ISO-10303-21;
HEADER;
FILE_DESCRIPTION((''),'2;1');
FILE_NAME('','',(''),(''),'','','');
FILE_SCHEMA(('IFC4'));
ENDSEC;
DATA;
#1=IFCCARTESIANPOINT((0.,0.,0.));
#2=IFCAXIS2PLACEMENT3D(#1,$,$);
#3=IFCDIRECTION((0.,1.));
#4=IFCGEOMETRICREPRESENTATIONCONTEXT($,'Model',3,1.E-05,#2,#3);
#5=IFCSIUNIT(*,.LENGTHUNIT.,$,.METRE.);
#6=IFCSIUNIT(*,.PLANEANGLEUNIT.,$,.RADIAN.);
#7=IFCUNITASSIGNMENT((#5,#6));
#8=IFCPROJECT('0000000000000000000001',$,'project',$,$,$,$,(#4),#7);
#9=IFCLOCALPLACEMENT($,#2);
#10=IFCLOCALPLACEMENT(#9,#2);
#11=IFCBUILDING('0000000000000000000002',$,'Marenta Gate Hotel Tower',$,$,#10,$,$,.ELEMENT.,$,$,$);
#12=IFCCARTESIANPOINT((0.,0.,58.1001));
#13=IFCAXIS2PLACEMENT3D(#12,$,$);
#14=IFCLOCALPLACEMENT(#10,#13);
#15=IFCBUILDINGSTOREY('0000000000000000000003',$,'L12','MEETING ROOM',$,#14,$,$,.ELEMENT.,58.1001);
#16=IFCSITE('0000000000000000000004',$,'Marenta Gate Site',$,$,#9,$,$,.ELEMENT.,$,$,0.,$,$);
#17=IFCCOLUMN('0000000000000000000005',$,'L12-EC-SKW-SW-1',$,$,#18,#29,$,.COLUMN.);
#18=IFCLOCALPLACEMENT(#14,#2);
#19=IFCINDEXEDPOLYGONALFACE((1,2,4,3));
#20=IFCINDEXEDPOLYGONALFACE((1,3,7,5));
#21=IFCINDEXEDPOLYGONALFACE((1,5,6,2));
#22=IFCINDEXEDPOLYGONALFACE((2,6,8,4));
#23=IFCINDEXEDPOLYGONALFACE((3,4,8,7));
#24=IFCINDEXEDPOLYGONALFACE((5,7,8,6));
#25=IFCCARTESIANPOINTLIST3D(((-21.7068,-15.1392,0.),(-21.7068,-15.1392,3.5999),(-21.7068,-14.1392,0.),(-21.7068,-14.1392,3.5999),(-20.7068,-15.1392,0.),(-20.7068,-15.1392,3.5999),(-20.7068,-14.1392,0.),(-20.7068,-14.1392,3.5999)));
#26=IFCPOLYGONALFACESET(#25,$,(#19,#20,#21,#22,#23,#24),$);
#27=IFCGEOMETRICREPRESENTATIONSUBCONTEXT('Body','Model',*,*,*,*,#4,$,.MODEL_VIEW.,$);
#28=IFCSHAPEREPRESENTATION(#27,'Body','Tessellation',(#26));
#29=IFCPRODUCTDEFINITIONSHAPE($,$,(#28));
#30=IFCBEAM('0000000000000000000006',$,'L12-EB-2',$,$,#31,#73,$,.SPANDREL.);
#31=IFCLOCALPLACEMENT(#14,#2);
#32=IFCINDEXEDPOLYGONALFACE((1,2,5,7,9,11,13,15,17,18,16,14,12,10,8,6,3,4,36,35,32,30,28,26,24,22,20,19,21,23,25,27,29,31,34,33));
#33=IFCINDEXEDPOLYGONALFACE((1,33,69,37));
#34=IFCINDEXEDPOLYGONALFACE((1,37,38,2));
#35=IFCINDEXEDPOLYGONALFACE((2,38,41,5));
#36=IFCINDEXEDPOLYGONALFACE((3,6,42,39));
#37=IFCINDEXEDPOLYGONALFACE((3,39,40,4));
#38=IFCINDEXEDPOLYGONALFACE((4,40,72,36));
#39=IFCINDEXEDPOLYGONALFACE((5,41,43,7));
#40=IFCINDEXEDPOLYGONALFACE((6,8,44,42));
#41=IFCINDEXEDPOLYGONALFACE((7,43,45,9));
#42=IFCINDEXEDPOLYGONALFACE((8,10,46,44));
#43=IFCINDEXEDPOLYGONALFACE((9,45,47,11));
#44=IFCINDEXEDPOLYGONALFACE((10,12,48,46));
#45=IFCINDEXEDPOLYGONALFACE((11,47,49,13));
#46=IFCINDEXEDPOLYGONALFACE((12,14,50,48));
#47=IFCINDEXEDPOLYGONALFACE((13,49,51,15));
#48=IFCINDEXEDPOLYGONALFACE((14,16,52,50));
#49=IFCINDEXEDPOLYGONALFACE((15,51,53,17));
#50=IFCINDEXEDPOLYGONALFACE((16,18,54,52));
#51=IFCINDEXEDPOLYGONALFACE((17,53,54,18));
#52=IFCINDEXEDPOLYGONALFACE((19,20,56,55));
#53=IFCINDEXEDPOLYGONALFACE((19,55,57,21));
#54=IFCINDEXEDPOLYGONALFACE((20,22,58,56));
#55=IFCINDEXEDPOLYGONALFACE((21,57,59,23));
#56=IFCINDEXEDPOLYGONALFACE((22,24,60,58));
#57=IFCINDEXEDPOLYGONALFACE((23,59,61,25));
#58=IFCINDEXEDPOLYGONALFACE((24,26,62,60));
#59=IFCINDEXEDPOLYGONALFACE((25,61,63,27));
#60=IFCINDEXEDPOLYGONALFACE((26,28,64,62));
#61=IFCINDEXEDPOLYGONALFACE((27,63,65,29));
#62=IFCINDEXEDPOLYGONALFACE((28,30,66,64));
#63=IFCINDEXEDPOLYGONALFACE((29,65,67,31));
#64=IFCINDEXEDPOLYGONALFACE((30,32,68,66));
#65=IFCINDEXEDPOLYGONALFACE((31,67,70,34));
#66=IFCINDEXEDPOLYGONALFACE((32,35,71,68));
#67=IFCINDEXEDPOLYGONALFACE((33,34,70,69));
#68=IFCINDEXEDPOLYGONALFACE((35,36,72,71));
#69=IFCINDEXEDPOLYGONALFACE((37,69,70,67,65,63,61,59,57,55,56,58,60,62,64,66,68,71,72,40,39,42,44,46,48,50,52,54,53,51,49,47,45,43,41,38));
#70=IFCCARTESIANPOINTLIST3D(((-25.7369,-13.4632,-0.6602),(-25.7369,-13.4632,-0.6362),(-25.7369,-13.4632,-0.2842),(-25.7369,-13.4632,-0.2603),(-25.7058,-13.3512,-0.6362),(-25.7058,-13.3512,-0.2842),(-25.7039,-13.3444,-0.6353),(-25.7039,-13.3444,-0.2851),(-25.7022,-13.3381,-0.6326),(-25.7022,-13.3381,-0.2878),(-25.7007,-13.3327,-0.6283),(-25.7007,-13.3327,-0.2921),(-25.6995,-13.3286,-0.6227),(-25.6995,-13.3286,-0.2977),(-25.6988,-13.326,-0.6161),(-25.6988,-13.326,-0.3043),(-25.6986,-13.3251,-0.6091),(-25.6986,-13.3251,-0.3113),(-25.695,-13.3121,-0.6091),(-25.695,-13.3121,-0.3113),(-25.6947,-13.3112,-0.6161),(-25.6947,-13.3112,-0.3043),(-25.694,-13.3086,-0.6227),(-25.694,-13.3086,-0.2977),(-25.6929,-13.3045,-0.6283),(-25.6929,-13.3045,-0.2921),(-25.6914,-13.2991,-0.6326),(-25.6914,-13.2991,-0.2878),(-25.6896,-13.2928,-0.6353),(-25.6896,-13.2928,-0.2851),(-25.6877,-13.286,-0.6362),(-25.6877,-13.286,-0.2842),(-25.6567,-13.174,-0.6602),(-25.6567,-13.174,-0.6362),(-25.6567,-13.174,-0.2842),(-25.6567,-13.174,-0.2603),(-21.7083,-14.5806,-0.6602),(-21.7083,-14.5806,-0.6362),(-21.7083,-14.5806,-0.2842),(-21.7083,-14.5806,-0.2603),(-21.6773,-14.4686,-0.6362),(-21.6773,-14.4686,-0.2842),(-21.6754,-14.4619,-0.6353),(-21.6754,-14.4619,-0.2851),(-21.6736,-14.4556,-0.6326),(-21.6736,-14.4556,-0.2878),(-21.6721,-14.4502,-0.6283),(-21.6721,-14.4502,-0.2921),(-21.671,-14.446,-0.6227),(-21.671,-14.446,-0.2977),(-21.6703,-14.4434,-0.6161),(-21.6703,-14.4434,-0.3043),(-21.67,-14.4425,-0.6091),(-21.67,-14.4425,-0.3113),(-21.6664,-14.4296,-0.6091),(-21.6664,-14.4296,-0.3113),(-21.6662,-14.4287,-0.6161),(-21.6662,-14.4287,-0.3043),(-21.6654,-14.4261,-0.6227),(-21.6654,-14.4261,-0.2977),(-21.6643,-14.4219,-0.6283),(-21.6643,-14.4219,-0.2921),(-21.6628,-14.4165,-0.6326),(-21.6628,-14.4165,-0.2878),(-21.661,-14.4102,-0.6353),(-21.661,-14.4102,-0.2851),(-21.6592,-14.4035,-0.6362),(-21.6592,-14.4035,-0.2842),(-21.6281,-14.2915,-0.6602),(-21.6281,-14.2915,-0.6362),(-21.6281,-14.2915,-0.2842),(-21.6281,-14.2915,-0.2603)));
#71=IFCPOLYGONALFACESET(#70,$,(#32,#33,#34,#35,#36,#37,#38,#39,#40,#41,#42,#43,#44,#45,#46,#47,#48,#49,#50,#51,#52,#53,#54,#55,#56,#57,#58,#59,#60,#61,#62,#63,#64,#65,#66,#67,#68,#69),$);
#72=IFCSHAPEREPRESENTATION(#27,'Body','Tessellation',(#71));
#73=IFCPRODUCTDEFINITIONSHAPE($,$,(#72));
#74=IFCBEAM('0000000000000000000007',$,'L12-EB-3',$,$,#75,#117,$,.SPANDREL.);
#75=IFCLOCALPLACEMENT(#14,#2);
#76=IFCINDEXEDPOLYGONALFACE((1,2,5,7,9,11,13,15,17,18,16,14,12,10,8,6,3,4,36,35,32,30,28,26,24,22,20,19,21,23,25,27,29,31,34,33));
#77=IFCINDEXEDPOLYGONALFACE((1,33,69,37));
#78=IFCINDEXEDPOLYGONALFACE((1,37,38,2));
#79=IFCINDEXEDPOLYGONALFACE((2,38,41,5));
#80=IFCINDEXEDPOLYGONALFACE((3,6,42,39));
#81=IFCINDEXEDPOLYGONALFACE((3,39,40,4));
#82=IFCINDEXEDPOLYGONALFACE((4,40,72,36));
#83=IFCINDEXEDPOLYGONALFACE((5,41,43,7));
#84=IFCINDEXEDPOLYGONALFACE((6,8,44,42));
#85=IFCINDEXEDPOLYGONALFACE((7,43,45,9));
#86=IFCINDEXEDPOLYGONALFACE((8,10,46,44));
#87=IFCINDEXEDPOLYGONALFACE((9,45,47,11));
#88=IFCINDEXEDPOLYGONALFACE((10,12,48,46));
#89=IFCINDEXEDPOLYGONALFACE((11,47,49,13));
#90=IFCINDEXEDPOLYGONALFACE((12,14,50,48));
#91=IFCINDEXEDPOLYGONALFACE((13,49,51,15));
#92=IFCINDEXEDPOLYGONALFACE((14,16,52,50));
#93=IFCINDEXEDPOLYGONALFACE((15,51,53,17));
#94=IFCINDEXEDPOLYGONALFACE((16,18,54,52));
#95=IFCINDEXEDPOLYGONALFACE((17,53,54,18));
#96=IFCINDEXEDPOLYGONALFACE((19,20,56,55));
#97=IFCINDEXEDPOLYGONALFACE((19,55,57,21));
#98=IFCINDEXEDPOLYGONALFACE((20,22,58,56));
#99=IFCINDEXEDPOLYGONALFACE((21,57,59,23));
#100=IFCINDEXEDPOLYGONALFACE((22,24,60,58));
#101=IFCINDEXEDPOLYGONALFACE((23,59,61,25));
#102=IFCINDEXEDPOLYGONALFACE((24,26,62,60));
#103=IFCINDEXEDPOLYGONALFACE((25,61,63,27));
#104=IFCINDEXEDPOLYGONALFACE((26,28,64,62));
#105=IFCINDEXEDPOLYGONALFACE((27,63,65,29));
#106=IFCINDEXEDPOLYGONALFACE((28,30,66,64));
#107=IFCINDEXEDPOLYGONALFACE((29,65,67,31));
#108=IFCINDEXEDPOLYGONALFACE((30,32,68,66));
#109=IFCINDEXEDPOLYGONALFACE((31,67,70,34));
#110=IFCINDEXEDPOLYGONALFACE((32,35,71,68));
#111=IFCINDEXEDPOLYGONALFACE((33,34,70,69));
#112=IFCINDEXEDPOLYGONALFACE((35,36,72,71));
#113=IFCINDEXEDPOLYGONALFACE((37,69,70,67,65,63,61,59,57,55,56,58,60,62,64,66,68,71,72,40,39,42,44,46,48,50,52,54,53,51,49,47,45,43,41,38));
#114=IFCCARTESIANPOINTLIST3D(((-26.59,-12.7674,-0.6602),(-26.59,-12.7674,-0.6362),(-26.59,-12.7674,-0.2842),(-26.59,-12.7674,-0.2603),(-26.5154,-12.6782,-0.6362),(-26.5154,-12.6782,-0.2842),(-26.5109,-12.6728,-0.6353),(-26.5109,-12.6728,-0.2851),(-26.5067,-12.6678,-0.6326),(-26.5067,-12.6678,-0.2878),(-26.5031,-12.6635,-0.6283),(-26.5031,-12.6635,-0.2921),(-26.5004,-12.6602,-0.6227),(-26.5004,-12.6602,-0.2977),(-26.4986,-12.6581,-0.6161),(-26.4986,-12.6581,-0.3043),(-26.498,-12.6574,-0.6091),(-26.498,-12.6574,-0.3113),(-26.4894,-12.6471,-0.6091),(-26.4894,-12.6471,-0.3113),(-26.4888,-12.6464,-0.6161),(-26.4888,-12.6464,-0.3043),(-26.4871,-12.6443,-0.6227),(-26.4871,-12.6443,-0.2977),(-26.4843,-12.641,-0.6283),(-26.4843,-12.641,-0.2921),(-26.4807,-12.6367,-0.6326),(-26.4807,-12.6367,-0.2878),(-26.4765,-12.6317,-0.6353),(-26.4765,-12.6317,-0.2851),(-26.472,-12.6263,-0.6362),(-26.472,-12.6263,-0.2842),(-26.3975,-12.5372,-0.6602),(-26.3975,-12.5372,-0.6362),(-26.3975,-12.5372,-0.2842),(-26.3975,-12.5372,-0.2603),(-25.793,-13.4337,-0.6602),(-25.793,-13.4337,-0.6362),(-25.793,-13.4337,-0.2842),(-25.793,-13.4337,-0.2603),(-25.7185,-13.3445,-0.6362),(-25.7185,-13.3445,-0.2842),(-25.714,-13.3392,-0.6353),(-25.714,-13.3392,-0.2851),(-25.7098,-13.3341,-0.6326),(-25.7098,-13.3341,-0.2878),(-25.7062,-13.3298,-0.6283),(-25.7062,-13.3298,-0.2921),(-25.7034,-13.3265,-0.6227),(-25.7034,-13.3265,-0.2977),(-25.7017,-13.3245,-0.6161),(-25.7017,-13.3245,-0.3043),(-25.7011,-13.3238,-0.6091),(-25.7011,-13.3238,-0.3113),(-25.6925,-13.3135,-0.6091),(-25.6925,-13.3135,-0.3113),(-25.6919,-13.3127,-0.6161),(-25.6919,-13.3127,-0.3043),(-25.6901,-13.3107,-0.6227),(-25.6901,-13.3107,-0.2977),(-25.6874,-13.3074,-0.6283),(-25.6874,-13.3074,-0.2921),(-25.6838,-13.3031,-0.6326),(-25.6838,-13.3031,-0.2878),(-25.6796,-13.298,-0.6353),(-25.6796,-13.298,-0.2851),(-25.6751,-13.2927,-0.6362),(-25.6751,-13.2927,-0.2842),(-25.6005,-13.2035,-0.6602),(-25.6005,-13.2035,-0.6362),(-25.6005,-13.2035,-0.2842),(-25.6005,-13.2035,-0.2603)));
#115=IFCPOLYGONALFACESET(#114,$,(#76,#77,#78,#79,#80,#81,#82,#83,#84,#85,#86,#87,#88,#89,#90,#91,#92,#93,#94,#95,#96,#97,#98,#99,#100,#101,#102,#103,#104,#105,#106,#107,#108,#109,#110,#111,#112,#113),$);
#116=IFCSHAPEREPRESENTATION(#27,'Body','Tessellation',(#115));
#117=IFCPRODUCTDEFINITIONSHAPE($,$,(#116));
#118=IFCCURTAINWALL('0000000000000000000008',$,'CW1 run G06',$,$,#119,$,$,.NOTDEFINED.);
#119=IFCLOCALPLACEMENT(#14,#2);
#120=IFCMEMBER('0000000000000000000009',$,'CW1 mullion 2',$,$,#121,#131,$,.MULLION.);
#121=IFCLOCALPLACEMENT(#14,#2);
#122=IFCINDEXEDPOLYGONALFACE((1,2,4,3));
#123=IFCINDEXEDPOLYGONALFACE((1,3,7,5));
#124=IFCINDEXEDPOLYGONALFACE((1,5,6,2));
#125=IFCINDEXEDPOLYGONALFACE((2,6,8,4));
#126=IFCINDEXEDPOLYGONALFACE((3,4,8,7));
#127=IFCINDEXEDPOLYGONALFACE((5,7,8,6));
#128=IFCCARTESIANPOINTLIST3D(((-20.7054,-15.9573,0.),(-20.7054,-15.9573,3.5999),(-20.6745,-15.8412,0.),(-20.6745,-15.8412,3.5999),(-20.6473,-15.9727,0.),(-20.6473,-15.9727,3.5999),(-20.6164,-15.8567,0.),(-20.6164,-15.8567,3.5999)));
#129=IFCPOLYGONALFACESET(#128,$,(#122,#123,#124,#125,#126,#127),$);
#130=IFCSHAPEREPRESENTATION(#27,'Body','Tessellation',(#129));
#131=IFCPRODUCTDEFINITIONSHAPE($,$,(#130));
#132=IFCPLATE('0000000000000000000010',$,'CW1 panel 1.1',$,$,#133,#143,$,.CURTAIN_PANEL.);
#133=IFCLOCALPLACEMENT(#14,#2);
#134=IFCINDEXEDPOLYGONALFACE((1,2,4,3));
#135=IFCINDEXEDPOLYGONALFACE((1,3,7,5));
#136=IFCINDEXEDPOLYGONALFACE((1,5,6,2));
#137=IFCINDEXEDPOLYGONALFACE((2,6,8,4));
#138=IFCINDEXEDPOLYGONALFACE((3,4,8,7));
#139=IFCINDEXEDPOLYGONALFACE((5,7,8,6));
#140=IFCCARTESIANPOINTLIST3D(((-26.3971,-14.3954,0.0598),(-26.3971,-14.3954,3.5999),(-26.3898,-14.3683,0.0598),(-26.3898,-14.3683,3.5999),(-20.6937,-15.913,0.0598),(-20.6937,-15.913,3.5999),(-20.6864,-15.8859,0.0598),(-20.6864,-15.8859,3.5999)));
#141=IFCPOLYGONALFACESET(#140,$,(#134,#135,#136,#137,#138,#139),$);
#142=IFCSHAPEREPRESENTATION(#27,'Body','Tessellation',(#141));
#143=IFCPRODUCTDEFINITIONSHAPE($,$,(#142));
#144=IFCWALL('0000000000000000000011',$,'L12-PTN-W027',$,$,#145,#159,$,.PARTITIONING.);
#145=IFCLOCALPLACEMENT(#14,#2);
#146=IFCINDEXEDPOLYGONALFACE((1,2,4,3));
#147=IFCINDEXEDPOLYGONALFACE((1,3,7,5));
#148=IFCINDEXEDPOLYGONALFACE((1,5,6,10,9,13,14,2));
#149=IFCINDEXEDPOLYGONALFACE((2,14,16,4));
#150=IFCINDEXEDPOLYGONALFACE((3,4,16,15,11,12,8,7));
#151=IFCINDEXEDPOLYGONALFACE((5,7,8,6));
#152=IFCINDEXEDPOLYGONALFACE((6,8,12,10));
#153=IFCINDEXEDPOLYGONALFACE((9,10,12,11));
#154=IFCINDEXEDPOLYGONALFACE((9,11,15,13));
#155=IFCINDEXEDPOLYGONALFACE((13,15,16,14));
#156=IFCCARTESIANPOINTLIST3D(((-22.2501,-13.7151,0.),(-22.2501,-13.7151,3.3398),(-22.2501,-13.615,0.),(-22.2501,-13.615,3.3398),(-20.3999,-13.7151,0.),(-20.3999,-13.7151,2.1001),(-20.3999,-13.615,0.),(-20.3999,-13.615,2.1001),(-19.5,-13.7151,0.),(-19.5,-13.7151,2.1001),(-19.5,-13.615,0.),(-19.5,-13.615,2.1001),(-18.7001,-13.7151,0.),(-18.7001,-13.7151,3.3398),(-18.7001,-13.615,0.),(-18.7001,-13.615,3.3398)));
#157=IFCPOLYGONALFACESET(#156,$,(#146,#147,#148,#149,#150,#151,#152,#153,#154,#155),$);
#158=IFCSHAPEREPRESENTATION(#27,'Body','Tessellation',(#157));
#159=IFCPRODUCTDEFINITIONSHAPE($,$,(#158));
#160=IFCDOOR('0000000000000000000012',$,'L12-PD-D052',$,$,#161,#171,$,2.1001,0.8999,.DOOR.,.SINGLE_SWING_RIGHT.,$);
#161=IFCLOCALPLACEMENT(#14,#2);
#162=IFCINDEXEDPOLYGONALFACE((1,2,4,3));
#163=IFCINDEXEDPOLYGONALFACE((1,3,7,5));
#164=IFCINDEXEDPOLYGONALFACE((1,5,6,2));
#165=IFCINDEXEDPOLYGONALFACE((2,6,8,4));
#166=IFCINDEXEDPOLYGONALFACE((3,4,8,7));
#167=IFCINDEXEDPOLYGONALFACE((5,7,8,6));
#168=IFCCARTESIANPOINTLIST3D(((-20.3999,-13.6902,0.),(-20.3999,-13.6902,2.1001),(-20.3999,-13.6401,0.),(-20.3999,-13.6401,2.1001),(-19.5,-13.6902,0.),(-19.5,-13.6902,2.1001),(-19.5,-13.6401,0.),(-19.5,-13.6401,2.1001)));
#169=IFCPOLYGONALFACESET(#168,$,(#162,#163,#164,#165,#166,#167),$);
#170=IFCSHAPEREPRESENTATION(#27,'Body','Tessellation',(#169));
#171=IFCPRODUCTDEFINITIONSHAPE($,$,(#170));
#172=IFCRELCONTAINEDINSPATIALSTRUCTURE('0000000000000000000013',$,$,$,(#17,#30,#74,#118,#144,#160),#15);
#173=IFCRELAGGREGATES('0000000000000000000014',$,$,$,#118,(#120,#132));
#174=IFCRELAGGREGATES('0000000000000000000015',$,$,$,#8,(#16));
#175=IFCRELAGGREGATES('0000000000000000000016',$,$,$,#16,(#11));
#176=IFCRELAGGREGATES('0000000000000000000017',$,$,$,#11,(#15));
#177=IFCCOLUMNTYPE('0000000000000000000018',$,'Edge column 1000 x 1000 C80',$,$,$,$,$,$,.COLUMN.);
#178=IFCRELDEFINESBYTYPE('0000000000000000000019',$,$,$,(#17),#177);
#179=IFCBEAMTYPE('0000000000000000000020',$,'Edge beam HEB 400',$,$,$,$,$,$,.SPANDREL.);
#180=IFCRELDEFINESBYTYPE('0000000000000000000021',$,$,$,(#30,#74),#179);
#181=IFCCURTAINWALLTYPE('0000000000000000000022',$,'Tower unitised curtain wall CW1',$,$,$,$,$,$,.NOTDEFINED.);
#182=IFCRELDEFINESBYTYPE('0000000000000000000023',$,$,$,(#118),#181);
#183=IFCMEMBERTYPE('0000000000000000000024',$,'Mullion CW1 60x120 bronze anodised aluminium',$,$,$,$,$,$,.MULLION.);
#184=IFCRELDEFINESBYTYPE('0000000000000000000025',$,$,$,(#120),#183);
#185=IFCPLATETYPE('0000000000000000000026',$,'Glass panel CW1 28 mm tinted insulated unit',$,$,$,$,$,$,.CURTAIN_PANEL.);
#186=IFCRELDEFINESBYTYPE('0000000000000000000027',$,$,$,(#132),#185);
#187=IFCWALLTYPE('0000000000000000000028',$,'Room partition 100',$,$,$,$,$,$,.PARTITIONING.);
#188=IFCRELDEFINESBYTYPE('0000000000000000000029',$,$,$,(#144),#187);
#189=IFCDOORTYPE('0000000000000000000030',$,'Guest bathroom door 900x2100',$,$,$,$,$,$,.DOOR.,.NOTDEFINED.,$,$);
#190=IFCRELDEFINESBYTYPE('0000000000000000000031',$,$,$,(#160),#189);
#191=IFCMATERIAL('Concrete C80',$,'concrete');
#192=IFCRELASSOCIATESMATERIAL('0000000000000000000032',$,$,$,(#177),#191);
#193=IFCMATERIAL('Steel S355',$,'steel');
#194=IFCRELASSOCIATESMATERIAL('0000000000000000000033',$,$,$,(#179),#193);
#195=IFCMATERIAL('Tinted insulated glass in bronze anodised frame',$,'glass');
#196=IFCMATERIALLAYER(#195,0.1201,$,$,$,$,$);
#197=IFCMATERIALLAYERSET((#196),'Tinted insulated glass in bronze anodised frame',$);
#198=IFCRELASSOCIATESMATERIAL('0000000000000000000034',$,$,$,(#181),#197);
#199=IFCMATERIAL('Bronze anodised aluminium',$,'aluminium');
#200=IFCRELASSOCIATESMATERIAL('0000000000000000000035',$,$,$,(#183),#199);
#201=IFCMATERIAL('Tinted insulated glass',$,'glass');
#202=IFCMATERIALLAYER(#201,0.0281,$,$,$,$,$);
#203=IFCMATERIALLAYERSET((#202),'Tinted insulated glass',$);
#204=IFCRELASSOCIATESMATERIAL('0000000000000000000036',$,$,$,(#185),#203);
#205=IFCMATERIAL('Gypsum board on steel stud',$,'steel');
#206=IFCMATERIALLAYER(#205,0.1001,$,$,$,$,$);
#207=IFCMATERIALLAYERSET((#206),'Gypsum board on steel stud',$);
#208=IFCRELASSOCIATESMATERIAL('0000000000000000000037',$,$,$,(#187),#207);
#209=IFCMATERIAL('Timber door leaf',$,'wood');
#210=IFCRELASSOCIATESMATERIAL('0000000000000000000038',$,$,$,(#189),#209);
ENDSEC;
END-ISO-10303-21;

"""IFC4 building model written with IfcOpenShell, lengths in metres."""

from ifc_helpers import new_model, si_unit, direction, frame, frame_2d, origin, origin_2d, place, context, subcontext, project, spatial, rectangle, i_section, extrude, material, layer, layer_set, material_profile, profile_set, type_object, element, fill, aggregate, save


model = new_model("IFC4")

# Units and contexts
model_context = context("Model", 3, precision=1e-05, world=origin(), true_north=direction((0.0, 1.0)))
body_context = subcontext(model_context, "Body", "Model", "MODEL_VIEW")
ifc_project = project(units=[si_unit("LENGTHUNIT", "METRE"), si_unit("PLANEANGLEUNIT", "RADIAN")], contexts=[model_context])

# Site, building, storey
site_placement = place(None, origin())
site = spatial("IfcSite", under=ifc_project, at=site_placement, Name="Marenta Gate Site", CompositionType="ELEMENT", RefElevation=0.0)
building_placement = place(site_placement, origin())
building = spatial("IfcBuilding", under=site, at=building_placement, Name="Marenta Gate Hotel Tower", CompositionType="ELEMENT")
storey_placement = place(building_placement, frame((0.0, 0.0, 58.1001)))
storey = spatial("IfcBuildingStorey", under=building, at=storey_placement, Name="L12", Description="MEETING ROOM", CompositionType="ELEMENT", Elevation=58.1001)

# Column
ifc_material_1 = material(Name="Concrete C80", Category="concrete")
ifc_material_profile_1 = material_profile(ifc_material_1, rectangle(XDim=1.0, YDim=1.0, at=origin_2d()), Name="1000 x 1000")
ifc_profile_set_1 = profile_set([ifc_material_profile_1], Name="Concrete C80")
column_type = type_object("IfcColumnType", Name="Edge column 1000 x 1000 C80", PredefinedType="COLUMN", material=ifc_profile_set_1)
column_placement = place(storey_placement, frame((-21.2068, -14.6392, 0.0), z_axis=(0.0, 0.0, 1.0), x_axis=(1.0, 0.0, 0.0)))
element("IfcColumn", 1, at=column_placement, inside=storey, type_object=column_type, Name="L12-EC-SKW-SW-1", PredefinedType="COLUMN", context=body_context, shape_type="SweptSolid", body=[
    extrude(rectangle(XDim=1.0, YDim=1.0, at=origin_2d()), origin(), (0.0, 0.0, 1.0), 3.5999),
])

# Beams
ifc_material_2 = material(Name="Steel S355", Category="steel")
ifc_material_profile_2 = material_profile(ifc_material_2, i_section(OverallWidth=0.3, OverallDepth=0.3999, WebThickness=0.0134, FlangeThickness=0.0239, FilletRadius=0.0271, at=origin_2d()), Name="HEB 400")
ifc_profile_set_2 = profile_set([ifc_material_profile_2], Name="Steel S355")
beam_type = type_object("IfcBeamType", Name="Edge beam HEB 400", PredefinedType="SPANDREL", material=ifc_profile_set_2)
beam_1_placement = place(storey_placement, frame((-21.6682, -14.436, -0.4602), z_axis=(-0.963617, 0.267285, 0.0), x_axis=(-0.267285, -0.963617, 0.0)))
element("IfcBeam", 2, at=beam_1_placement, inside=storey, type_object=beam_type, Name="L12-EB-2", PredefinedType="SPANDREL", context=body_context, shape_type="SweptSolid", body=[
    extrude(i_section(OverallWidth=0.3, OverallDepth=0.3999, WebThickness=0.0134, FlangeThickness=0.0239, FilletRadius=0.0271, at=origin_2d()), origin(), (0.0, 0.0, 1.0), 4.1807),
])
beam_2_placement = place(storey_placement, frame((-25.6968, -13.3186, -0.4602), z_axis=(-0.76718, 0.641432, 0.0), x_axis=(-0.641432, -0.76718, 0.0)))
element("IfcBeam", 3, at=beam_2_placement, inside=storey, type_object=beam_type, Name="L12-EB-3", PredefinedType="SPANDREL", context=body_context, shape_type="SweptSolid", body=[
    extrude(i_section(OverallWidth=0.3, OverallDepth=0.3999, WebThickness=0.0134, FlangeThickness=0.0239, FilletRadius=0.0271, at=origin_2d()), origin(), (0.0, 0.0, 1.0), 1.0388),
])

# Curtain wall, member, plate
ifc_material_3 = material(Name="Tinted insulated glass in bronze anodised frame", Category="glass")
ifc_layer_1 = layer(ifc_material_3, 0.1201)
ifc_layer_set_1 = layer_set([ifc_layer_1], Name="Tinted insulated glass in bronze anodised frame")
curtain_wall_type = type_object("IfcCurtainWallType", Name="Tower unitised curtain wall CW1", PredefinedType="NOTDEFINED", material=ifc_layer_set_1)
curtain_wall_placement = place(storey_placement, origin())
curtain_wall = element("IfcCurtainWall", 4, at=curtain_wall_placement, inside=storey, type_object=curtain_wall_type, Name="CW1 run G06", PredefinedType="NOTDEFINED")
ifc_material_4 = material(Name="Bronze anodised aluminium", Category="aluminium")
ifc_material_profile_3 = material_profile(ifc_material_4, rectangle(XDim=0.1201, YDim=0.0601, at=origin_2d()), Name="Mullion CW1 60x120 bronze anodised aluminium")
ifc_profile_set_3 = profile_set([ifc_material_profile_3], Name="Bronze anodised aluminium")
member_type = type_object("IfcMemberType", Name="Mullion CW1 60x120 bronze anodised aluminium", PredefinedType="MULLION", material=ifc_profile_set_3)
member_placement = place(storey_placement, frame((-20.6609, -15.907, 0.0), z_axis=(0.0, 0.0, 1.0), x_axis=(0.257142, 0.966374, 0.0)))
member = element("IfcMember", 5, at=member_placement, type_object=member_type, Name="CW1 mullion 2", PredefinedType="MULLION", context=body_context, shape_type="SweptSolid", body=[
    extrude(rectangle(XDim=0.1201, YDim=0.0601, at=origin_2d()), origin(), (0.0, 0.0, 1.0), 3.5999),
])
ifc_material_5 = material(Name="Tinted insulated glass", Category="glass")
ifc_layer_2 = layer(ifc_material_5, 0.0281)
ifc_layer_set_2 = layer_set([ifc_layer_2], Name="Tinted insulated glass")
plate_type = type_object("IfcPlateType", Name="Glass panel CW1 28 mm tinted insulated unit", PredefinedType="CURTAIN_PANEL", material=ifc_layer_set_2)
plate_placement = place(storey_placement, frame((-23.5417, -15.1406, 0.0598), z_axis=(0.0, 0.0, 1.0), x_axis=(0.966374, -0.257142, 0.0)))
plate = element("IfcPlate", 6, at=plate_placement, type_object=plate_type, Name="CW1 panel 1.1", PredefinedType="CURTAIN_PANEL", context=body_context, shape_type="SweptSolid", body=[
    extrude(rectangle(XDim=5.9019, YDim=0.0281, at=origin_2d()), origin(), (0.0, 0.0, 1.0), 3.54),
])
aggregate(curtain_wall, [member, plate])

# Wall, opening, door
ifc_material_6 = material(Name="Gypsum board on steel stud", Category="steel")
ifc_layer_3 = layer(ifc_material_6, 0.1001)
ifc_layer_set_3 = layer_set([ifc_layer_3], Name="Gypsum board on steel stud")
wall_type = type_object("IfcWallType", Name="Room partition 100", PredefinedType="PARTITIONING", material=ifc_layer_set_3)
wall_1_placement = place(storey_placement, frame((-22.25, -13.665, 0.0), z_axis=(0.0, 0.0, 1.0), x_axis=(1.0, 0.0, 0.0)))
wall_1 = element("IfcWall", 7, at=wall_1_placement, inside=storey, type_object=wall_type, Name="L12-PTN-W027", PredefinedType="PARTITIONING", context=body_context, shape_type="SweptSolid", body=[
    extrude(rectangle(XDim=3.55, YDim=0.1001, at=frame_2d((1.7749, 0.0))), origin(), (0.0, 0.0, 1.0), 3.3398),
])
opening_placement = place(wall_1_placement, frame((1.8501, 0.0, 0.0)))
opening = element("IfcOpeningElement", 8, at=opening_placement, cuts=wall_1, PredefinedType="OPENING", context=body_context, shape_type="SweptSolid", body=[
    extrude(rectangle(XDim=0.8999, YDim=2.1001, at=frame_2d((0.45, 1.05))), frame((0.0, 0.05, 0.0), z_axis=(0.0, -1.0, 0.0), x_axis=(1.0, 0.0, 0.0)), (0.0, 0.0, 1.0), 0.1001),
])
ifc_material_7 = material(Name="Timber door leaf", Category="wood")
door_type = type_object("IfcDoorType", Name="Guest bathroom door 900x2100", OperationType="NOTDEFINED", PredefinedType="DOOR", material=ifc_material_7)
door_placement = place(opening_placement, origin())
door = element("IfcDoor", 9, at=door_placement, inside=storey, type_object=door_type, Name="L12-PD-D052", OperationType="SINGLE_SWING_RIGHT", OverallHeight=2.1001, OverallWidth=0.8999, PredefinedType="DOOR", context=body_context, shape_type="SweptSolid", body=[
    extrude(rectangle(XDim=0.8999, YDim=2.1001, at=frame_2d((0.45, 1.05))), frame((0.0, 0.0249, 0.0), z_axis=(0.0, -1.0, 0.0), x_axis=(1.0, 0.0, 0.0)), (0.0, 0.0, 1.0), 0.05),
])
fill(opening, door)

save(model, "model.ifc")
